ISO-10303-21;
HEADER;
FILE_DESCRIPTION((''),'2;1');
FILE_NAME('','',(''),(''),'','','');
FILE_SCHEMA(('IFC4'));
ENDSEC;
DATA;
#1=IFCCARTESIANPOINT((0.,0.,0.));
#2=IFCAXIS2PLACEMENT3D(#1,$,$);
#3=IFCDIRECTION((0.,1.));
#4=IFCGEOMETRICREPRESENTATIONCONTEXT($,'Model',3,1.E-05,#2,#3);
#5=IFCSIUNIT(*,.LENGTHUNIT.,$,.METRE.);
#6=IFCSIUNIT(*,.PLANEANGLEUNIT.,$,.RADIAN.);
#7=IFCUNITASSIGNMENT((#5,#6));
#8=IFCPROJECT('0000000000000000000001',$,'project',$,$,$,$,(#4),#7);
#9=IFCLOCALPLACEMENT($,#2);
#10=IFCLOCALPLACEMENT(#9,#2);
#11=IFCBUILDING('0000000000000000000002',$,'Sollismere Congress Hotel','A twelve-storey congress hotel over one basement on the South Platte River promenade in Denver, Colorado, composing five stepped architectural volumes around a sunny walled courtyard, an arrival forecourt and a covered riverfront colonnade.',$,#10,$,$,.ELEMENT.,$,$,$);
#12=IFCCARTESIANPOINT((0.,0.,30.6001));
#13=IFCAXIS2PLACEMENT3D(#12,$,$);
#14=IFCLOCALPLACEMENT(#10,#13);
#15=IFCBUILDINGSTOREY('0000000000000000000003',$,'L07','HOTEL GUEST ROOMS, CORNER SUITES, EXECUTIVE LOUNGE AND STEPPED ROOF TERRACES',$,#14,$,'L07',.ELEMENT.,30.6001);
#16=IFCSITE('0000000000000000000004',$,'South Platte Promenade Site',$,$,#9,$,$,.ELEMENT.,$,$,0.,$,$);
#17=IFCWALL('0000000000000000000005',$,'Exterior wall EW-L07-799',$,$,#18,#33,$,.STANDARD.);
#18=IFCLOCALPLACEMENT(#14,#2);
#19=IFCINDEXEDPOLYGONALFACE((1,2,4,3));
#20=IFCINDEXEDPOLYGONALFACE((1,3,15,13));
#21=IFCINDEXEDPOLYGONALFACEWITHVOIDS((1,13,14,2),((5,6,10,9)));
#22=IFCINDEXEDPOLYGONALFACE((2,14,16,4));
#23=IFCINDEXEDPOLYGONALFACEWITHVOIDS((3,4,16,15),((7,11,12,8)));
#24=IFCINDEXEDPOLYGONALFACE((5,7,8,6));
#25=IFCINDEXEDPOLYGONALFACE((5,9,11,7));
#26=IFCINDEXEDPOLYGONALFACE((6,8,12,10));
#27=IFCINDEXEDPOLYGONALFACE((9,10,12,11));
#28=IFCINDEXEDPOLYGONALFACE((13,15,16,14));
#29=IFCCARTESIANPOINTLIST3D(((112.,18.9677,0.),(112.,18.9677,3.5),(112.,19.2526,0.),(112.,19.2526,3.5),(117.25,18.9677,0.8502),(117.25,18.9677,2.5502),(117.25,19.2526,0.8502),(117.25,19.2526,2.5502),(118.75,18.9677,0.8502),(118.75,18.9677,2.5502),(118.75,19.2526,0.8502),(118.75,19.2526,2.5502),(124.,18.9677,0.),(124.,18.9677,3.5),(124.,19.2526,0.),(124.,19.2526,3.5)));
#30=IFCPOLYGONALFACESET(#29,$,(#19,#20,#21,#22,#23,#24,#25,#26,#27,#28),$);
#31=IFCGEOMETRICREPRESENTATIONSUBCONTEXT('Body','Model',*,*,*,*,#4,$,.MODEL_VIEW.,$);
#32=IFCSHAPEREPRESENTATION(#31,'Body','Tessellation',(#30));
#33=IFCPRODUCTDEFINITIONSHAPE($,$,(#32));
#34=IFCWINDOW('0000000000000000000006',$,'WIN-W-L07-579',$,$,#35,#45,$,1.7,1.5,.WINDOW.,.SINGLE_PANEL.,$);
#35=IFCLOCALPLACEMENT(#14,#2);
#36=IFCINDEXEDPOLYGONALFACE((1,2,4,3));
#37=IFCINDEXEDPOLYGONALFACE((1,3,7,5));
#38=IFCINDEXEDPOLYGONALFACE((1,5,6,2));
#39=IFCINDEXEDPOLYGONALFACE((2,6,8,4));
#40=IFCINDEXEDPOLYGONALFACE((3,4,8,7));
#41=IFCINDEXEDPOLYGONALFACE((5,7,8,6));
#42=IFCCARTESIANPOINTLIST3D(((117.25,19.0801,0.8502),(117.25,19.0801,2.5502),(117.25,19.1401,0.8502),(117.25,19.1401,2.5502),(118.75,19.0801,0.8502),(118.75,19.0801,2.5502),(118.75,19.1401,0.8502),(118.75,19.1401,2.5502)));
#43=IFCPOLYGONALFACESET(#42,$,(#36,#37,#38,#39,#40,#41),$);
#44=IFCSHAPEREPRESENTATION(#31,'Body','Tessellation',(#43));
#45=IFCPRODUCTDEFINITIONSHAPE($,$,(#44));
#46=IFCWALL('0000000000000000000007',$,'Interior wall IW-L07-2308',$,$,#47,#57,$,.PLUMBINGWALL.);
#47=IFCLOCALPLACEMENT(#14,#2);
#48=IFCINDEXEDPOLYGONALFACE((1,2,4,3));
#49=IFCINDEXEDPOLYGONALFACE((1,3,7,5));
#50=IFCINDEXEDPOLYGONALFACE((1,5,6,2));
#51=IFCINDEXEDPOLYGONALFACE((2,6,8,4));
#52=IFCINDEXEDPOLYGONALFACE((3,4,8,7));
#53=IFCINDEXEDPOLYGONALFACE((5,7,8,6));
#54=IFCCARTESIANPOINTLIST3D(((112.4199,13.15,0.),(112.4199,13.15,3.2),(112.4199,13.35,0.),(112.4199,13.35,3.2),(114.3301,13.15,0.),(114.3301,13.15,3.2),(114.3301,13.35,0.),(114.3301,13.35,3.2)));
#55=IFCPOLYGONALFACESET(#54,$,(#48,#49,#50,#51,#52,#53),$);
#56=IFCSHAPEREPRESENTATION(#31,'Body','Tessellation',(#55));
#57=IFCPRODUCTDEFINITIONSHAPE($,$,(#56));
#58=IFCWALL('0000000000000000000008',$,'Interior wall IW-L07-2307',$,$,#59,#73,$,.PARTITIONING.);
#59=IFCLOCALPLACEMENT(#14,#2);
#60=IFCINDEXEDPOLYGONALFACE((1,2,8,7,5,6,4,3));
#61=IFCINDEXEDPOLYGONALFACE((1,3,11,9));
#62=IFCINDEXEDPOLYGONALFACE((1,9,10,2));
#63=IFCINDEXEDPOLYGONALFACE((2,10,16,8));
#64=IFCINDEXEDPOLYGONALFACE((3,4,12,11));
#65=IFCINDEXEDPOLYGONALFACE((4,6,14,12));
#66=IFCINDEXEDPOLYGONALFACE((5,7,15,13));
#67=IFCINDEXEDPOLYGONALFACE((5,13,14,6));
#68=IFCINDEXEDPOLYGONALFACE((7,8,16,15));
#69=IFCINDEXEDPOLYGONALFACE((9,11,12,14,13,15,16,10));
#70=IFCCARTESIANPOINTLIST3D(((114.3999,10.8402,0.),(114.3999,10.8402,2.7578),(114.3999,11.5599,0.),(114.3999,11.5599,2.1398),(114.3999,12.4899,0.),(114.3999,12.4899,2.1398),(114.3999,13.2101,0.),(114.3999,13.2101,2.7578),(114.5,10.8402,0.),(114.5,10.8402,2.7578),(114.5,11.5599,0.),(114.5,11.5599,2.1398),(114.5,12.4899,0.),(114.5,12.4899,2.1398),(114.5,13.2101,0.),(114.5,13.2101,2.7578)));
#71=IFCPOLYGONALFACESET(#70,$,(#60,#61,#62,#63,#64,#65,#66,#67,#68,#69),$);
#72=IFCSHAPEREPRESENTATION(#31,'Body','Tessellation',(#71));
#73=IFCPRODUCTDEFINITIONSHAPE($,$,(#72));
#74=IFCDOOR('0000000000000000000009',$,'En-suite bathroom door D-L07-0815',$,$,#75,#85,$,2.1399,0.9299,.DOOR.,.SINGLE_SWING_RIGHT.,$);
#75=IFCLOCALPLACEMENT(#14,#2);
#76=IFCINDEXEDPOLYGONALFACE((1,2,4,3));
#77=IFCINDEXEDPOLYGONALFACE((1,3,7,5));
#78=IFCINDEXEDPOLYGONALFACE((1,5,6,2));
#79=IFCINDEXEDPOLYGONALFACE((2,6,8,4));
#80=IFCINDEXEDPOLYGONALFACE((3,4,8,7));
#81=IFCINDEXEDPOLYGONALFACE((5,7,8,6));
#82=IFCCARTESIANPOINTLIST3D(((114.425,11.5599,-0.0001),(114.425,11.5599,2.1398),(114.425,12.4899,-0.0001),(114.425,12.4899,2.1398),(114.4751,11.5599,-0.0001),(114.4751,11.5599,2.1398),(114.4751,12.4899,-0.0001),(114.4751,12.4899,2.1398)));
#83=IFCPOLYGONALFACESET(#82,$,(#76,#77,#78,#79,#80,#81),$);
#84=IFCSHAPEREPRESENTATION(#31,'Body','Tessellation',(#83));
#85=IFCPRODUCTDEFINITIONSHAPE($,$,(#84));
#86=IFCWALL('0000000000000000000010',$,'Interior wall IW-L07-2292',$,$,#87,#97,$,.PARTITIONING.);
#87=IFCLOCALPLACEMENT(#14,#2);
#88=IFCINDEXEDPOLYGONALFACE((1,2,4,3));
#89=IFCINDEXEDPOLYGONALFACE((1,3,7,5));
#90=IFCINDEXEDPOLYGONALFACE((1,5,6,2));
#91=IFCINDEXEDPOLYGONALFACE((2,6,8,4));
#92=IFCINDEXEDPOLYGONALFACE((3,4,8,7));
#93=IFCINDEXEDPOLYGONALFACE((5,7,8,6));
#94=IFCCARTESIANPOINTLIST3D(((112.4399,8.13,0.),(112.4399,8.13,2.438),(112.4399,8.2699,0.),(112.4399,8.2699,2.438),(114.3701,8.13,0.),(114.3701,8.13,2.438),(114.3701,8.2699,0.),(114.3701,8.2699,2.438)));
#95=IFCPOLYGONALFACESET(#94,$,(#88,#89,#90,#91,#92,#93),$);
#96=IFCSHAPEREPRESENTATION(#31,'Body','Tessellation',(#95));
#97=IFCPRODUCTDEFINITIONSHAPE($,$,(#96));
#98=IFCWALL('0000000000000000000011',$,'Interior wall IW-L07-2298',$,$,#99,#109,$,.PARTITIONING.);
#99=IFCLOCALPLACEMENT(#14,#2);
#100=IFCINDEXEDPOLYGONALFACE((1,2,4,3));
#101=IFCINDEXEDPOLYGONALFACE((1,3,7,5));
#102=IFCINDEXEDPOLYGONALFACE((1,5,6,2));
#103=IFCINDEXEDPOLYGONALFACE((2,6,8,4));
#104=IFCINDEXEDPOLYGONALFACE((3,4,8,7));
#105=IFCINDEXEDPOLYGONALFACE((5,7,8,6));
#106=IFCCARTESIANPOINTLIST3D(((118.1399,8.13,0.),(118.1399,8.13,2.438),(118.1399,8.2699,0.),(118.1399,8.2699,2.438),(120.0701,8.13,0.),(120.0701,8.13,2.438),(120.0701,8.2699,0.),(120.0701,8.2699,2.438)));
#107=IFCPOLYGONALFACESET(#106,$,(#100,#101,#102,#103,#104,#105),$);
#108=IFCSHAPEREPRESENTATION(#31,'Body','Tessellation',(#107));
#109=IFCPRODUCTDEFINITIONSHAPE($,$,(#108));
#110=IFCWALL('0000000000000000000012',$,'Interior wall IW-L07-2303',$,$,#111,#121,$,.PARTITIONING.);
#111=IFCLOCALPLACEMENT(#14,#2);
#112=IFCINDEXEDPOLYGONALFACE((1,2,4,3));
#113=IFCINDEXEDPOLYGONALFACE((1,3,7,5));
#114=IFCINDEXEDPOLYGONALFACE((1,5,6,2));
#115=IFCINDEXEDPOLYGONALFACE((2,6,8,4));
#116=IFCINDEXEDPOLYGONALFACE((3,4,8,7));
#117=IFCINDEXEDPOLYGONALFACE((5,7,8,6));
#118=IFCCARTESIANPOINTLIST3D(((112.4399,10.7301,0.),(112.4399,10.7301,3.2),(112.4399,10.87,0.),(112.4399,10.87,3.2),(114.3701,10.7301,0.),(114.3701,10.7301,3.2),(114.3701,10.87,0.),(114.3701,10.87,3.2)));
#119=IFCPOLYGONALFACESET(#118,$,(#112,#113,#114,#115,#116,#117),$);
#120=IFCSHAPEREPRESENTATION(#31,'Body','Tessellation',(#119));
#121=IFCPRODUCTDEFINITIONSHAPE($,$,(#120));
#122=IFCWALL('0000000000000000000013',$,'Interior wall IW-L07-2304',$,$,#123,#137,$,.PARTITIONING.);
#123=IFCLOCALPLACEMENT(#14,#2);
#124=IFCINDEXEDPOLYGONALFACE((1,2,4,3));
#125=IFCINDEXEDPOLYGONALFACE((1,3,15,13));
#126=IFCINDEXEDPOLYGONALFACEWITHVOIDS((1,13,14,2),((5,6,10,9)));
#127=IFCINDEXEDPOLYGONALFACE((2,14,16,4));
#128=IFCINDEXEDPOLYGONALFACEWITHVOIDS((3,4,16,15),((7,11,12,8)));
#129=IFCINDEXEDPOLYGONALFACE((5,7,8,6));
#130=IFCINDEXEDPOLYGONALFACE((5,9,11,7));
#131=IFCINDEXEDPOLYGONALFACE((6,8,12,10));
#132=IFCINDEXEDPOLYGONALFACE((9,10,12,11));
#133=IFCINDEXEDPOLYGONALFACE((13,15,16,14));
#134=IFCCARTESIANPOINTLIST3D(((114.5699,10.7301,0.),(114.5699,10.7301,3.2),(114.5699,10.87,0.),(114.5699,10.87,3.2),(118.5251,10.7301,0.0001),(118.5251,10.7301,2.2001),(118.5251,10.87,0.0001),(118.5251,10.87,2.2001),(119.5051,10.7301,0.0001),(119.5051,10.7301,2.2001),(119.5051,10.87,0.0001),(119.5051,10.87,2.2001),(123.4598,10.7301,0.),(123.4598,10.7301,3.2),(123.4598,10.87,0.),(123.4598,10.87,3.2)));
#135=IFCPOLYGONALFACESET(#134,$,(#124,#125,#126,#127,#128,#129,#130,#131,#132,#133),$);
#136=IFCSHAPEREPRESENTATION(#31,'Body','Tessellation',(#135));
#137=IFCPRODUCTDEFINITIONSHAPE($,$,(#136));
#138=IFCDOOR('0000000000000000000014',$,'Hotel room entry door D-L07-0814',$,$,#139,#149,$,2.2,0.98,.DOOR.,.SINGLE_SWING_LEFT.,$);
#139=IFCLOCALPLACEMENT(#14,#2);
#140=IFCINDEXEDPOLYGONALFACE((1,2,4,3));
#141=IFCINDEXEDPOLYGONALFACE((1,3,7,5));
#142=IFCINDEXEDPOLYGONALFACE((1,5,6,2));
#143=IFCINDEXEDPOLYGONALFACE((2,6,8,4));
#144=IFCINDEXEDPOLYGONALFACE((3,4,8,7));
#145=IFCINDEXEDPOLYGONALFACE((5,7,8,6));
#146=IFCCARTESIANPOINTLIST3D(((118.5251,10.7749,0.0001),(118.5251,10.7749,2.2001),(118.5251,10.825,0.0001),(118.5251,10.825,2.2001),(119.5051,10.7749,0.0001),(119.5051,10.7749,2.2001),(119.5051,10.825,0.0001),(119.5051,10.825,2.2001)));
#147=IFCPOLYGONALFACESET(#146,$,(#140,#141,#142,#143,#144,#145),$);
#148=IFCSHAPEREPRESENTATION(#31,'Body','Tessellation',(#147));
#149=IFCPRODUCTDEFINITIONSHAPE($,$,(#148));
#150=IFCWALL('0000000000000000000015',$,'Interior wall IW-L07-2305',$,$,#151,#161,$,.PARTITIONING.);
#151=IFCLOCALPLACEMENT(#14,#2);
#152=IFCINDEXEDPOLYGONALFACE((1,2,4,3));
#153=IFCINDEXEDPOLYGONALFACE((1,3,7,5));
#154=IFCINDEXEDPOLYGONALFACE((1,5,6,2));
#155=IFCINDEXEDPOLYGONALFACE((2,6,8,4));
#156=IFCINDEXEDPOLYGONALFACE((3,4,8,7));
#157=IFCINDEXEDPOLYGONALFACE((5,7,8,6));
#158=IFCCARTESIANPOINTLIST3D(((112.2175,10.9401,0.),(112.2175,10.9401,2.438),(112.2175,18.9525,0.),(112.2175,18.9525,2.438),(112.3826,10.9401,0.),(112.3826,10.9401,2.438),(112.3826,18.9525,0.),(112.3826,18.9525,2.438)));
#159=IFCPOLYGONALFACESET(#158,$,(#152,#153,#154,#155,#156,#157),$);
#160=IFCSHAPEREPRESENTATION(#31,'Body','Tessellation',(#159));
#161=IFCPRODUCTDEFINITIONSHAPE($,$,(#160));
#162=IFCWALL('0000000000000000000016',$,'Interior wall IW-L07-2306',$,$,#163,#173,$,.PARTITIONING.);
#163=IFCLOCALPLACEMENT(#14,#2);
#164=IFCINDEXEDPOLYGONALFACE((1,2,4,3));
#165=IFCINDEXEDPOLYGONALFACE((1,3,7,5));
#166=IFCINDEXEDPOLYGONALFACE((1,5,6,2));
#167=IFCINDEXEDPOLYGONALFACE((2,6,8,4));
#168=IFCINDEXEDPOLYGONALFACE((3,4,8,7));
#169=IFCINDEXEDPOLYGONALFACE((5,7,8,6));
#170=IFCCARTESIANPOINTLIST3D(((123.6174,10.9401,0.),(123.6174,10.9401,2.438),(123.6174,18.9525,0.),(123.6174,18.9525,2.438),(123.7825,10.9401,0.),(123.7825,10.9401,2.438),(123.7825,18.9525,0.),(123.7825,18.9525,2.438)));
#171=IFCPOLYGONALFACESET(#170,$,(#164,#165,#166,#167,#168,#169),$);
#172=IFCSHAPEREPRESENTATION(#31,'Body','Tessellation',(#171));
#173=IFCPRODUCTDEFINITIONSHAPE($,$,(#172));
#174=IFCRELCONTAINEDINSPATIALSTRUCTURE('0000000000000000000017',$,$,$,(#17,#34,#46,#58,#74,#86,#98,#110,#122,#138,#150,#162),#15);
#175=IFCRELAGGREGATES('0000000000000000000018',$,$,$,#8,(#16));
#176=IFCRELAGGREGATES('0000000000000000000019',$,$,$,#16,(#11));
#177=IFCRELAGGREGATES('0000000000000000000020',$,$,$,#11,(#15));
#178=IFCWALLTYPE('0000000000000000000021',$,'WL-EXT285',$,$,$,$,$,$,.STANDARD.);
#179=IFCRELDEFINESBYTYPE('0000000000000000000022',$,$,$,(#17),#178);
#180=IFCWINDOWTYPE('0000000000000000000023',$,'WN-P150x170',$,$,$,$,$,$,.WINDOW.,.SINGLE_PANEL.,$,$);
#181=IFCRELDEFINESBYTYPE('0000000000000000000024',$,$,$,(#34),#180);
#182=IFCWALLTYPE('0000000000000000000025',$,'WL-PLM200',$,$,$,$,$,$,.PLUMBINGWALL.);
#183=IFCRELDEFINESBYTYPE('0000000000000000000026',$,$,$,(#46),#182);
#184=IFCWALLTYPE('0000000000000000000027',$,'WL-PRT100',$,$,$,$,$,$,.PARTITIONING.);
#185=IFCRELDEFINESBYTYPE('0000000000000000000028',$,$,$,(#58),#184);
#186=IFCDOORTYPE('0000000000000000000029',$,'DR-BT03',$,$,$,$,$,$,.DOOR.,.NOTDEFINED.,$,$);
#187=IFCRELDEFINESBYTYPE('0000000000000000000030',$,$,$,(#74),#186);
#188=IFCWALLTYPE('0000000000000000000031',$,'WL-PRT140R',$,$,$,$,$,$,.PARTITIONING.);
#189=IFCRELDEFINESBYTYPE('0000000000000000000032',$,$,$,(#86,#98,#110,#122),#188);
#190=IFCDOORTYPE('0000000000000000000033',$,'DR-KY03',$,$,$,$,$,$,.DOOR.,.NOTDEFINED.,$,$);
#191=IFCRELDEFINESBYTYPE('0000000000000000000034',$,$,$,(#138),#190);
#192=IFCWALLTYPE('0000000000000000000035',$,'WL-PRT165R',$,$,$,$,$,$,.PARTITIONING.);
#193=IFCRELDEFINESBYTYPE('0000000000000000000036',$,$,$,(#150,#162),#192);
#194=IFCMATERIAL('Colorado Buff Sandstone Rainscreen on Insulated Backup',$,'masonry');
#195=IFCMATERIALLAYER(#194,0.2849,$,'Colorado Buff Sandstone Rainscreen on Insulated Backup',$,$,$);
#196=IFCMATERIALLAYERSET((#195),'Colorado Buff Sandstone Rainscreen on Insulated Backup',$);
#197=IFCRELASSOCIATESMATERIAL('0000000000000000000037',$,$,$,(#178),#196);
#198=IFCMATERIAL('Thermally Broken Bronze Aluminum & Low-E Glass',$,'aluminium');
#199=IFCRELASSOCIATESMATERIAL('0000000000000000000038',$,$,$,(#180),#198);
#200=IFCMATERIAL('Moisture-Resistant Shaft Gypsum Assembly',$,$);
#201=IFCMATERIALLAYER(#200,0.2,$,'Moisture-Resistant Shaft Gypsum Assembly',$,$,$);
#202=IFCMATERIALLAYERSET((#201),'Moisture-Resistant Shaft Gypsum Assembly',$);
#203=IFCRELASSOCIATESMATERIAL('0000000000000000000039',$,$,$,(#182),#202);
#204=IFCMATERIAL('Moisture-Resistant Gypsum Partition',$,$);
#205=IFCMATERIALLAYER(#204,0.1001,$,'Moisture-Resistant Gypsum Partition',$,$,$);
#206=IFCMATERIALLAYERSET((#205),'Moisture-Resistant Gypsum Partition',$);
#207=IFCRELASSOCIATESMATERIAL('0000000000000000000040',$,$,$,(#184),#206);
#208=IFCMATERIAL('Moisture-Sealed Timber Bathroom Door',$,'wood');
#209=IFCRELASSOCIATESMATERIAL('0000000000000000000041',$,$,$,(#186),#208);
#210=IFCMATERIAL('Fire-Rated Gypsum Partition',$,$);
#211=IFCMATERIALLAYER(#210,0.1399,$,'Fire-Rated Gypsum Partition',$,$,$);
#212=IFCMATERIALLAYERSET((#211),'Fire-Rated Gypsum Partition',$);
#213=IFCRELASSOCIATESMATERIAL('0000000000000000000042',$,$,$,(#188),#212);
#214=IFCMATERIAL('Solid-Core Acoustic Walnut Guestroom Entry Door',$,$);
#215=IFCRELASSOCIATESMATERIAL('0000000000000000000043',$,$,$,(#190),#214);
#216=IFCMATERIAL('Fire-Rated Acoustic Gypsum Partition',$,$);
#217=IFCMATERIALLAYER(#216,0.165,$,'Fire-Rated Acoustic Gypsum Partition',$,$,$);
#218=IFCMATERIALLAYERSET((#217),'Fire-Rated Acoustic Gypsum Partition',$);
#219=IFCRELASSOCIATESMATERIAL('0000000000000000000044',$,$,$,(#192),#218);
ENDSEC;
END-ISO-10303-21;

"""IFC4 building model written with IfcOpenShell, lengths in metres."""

from ifc_helpers import new_model, si_unit, direction, frame, frame_2d, origin, place, context, subcontext, project, spatial, rectangle, extrude, material, layer, layer_set, type_object, element, fill, save


model = new_model("IFC4")

# Units and contexts
model_context = context("Model", 3, precision=1e-05, world=origin(), true_north=direction((0.0, 1.0)))
body_context = subcontext(model_context, "Body", "Model", "MODEL_VIEW")
ifc_project = project(units=[si_unit("LENGTHUNIT", "METRE"), si_unit("PLANEANGLEUNIT", "RADIAN")], contexts=[model_context])

# Site, building, storey
site_placement = place(None, origin())
site = spatial("IfcSite", under=ifc_project, at=site_placement, Name="South Platte Promenade Site", CompositionType="ELEMENT", RefElevation=0.0)
building_placement = place(site_placement, origin())
building = spatial("IfcBuilding", under=site, at=building_placement, Name="Sollismere Congress Hotel", Description="A twelve-storey congress hotel over one basement on the South Platte River promenade in Denver, Colorado, composing five stepped architectural volumes around a sunny walled courtyard, an arrival forecourt and a covered riverfront colonnade.", CompositionType="ELEMENT")
storey_placement = place(building_placement, frame((0.0, 0.0, 30.6001)))
storey = spatial("IfcBuildingStorey", under=building, at=storey_placement, Name="L07", Description="HOTEL GUEST ROOMS, CORNER SUITES, EXECUTIVE LOUNGE AND STEPPED ROOF TERRACES", LongName="L07", CompositionType="ELEMENT", Elevation=30.6001)

# Wall, opening, window
ifc_material_1 = material(Name="Colorado Buff Sandstone Rainscreen on Insulated Backup", Category="masonry")
ifc_layer_1 = layer(ifc_material_1, 0.2849, Name="Colorado Buff Sandstone Rainscreen on Insulated Backup")
ifc_layer_set_1 = layer_set([ifc_layer_1], Name="Colorado Buff Sandstone Rainscreen on Insulated Backup")
wall_type_1 = type_object("IfcWallType", Name="WL-EXT285", PredefinedType="STANDARD", material=ifc_layer_set_1)
wall_1_placement = place(storey_placement, frame((124.0, 19.1101, 0.0), z_axis=(0.0, 0.0, 1.0), x_axis=(-1.0, 0.0, 0.0)))
wall_1 = element("IfcWall", 1, at=wall_1_placement, inside=storey, type_object=wall_type_1, Name="Exterior wall EW-L07-799", PredefinedType="STANDARD", context=body_context, shape_type="SweptSolid", body=[
    extrude(rectangle(XDim=12.0, YDim=0.2849, at=frame_2d((6.0, 0.0))), origin(), (0.0, 0.0, 1.0), 3.5),
])
opening_1_placement = place(wall_1_placement, frame((5.25, 0.0, 0.8501)))
opening_1 = element("IfcOpeningElement", 2, at=opening_1_placement, cuts=wall_1, PredefinedType="OPENING", context=body_context, shape_type="SweptSolid", body=[
    extrude(rectangle(XDim=1.5, YDim=1.7, at=frame_2d((0.75, 0.8501))), frame((0.0, 0.1523, 0.0), z_axis=(0.0, -1.0, 0.0), x_axis=(1.0, 0.0, 0.0)), (0.0, 0.0, 1.0), 0.3049),
])
ifc_material_2 = material(Name="Thermally Broken Bronze Aluminum & Low-E Glass", Category="aluminium")
window_type = type_object("IfcWindowType", Name="WN-P150x170", PartitioningType="SINGLE_PANEL", PredefinedType="WINDOW", material=ifc_material_2)
window_placement = place(opening_1_placement, origin())
window = element("IfcWindow", 3, at=window_placement, inside=storey, type_object=window_type, Name="WIN-W-L07-579", OverallHeight=1.7, OverallWidth=1.5, PartitioningType="SINGLE_PANEL", PredefinedType="WINDOW", context=body_context, shape_type="SweptSolid", body=[
    extrude(rectangle(XDim=1.5, YDim=1.7, at=frame_2d((0.75, 0.8501))), frame((0.0, 0.03, 0.0), z_axis=(0.0, -1.0, 0.0), x_axis=(1.0, 0.0, 0.0)), (0.0, 0.0, 1.0), 0.0601),
])
fill(opening_1, window)

# Wall
ifc_material_3 = material(Name="Moisture-Resistant Shaft Gypsum Assembly")
ifc_layer_2 = layer(ifc_material_3, 0.2, Name="Moisture-Resistant Shaft Gypsum Assembly")
ifc_layer_set_2 = layer_set([ifc_layer_2], Name="Moisture-Resistant Shaft Gypsum Assembly")
wall_type_2 = type_object("IfcWallType", Name="WL-PLM200", PredefinedType="PLUMBINGWALL", material=ifc_layer_set_2)
wall_2_placement = place(storey_placement, frame((112.4199, 13.25, 0.0), z_axis=(0.0, 0.0, 1.0), x_axis=(1.0, 0.0, 0.0)))
element("IfcWall", 4, at=wall_2_placement, inside=storey, type_object=wall_type_2, Name="Interior wall IW-L07-2308", PredefinedType="PLUMBINGWALL", context=body_context, shape_type="SweptSolid", body=[
    extrude(rectangle(XDim=1.9102, YDim=0.2, at=frame_2d((0.9551, 0.0))), origin(), (0.0, 0.0, 1.0), 3.2),
])

# Wall, opening, door
ifc_material_4 = material(Name="Moisture-Resistant Gypsum Partition")
ifc_layer_3 = layer(ifc_material_4, 0.1001, Name="Moisture-Resistant Gypsum Partition")
ifc_layer_set_3 = layer_set([ifc_layer_3], Name="Moisture-Resistant Gypsum Partition")
wall_type_3 = type_object("IfcWallType", Name="WL-PRT100", PredefinedType="PARTITIONING", material=ifc_layer_set_3)
wall_3_placement = place(storey_placement, frame((114.45, 10.8401, 0.0), z_axis=(0.0, 0.0, 1.0), x_axis=(0.0, 1.0, 0.0)))
wall_3 = element("IfcWall", 5, at=wall_3_placement, inside=storey, type_object=wall_type_3, Name="Interior wall IW-L07-2307", PredefinedType="PARTITIONING", context=body_context, shape_type="SweptSolid", body=[
    extrude(rectangle(XDim=2.3699, YDim=0.1001, at=frame_2d((1.1851, 0.0))), origin(), (0.0, 0.0, 1.0), 2.7578),
])
opening_2_placement = place(wall_3_placement, frame((0.72, 0.0, 0.0)))
opening_2 = element("IfcOpeningElement", 6, at=opening_2_placement, cuts=wall_3, PredefinedType="OPENING", context=body_context, shape_type="SweptSolid", body=[
    extrude(rectangle(XDim=0.9299, YDim=2.1399, at=frame_2d((0.4648, 1.0698))), frame((0.0, 0.0601, 0.0), z_axis=(0.0, -1.0, 0.0), x_axis=(1.0, 0.0, 0.0)), (0.0, 0.0, 1.0), 0.1201),
])
ifc_material_5 = material(Name="Moisture-Sealed Timber Bathroom Door", Category="wood")
door_type_1 = type_object("IfcDoorType", Name="DR-BT03", OperationType="NOTDEFINED", PredefinedType="DOOR", material=ifc_material_5)
door_1_placement = place(opening_2_placement, origin())
door_1 = element("IfcDoor", 7, at=door_1_placement, inside=storey, type_object=door_type_1, Name="En-suite bathroom door D-L07-0815", OperationType="SINGLE_SWING_RIGHT", OverallHeight=2.1399, OverallWidth=0.9299, PredefinedType="DOOR", context=body_context, shape_type="SweptSolid", body=[
    extrude(rectangle(XDim=0.9299, YDim=2.1399, at=frame_2d((0.4648, 1.0698))), frame((0.0, 0.0249, 0.0), z_axis=(0.0, -1.0, 0.0), x_axis=(1.0, 0.0, 0.0)), (0.0, 0.0, 1.0), 0.05),
])
fill(opening_2, door_1)

# Wall
ifc_material_6 = material(Name="Fire-Rated Gypsum Partition")
ifc_layer_4 = layer(ifc_material_6, 0.1399, Name="Fire-Rated Gypsum Partition")
ifc_layer_set_4 = layer_set([ifc_layer_4], Name="Fire-Rated Gypsum Partition")
wall_type_4 = type_object("IfcWallType", Name="WL-PRT140R", PredefinedType="PARTITIONING", material=ifc_layer_set_4)
wall_4_placement = place(storey_placement, frame((112.4399, 8.2, 0.0), z_axis=(0.0, 0.0, 1.0), x_axis=(1.0, 0.0, 0.0)))
element("IfcWall", 8, at=wall_4_placement, inside=storey, type_object=wall_type_4, Name="Interior wall IW-L07-2292", PredefinedType="PARTITIONING", context=body_context, shape_type="SweptSolid", body=[
    extrude(rectangle(XDim=1.9302, YDim=0.1399, at=frame_2d((0.9651, 0.0))), origin(), (0.0, 0.0, 1.0), 2.438),
])

# Shared definitions
ifc_material_7 = material(Name="Solid-Core Acoustic Walnut Guestroom Entry Door")

# Wall
wall_5_placement = place(storey_placement, frame((118.1399, 8.2, 0.0), z_axis=(0.0, 0.0, 1.0), x_axis=(1.0, 0.0, 0.0)))
element("IfcWall", 9, at=wall_5_placement, inside=storey, type_object=wall_type_4, Name="Interior wall IW-L07-2298", PredefinedType="PARTITIONING", context=body_context, shape_type="SweptSolid", body=[
    extrude(rectangle(XDim=1.9302, YDim=0.1399, at=frame_2d((0.9651, 0.0))), origin(), (0.0, 0.0, 1.0), 2.438),
])

# Wall
wall_6_placement = place(storey_placement, frame((112.4399, 10.8, 0.0), z_axis=(0.0, 0.0, 1.0), x_axis=(1.0, 0.0, 0.0)))
element("IfcWall", 10, at=wall_6_placement, inside=storey, type_object=wall_type_4, Name="Interior wall IW-L07-2303", PredefinedType="PARTITIONING", context=body_context, shape_type="SweptSolid", body=[
    extrude(rectangle(XDim=1.9302, YDim=0.1399, at=frame_2d((0.9651, 0.0))), origin(), (0.0, 0.0, 1.0), 3.2),
])

# Wall, opening, door
wall_7_placement = place(storey_placement, frame((114.5701, 10.8, 0.0), z_axis=(0.0, 0.0, 1.0), x_axis=(1.0, 0.0, 0.0)))
wall_7 = element("IfcWall", 11, at=wall_7_placement, inside=storey, type_object=wall_type_4, Name="Interior wall IW-L07-2304", PredefinedType="PARTITIONING", context=body_context, shape_type="SweptSolid", body=[
    extrude(rectangle(XDim=8.8899, YDim=0.1399, at=frame_2d((4.4448, 0.0))), origin(), (0.0, 0.0, 1.0), 3.2),
])
opening_3_placement = place(wall_7_placement, frame((3.9551, 0.0, 0.0)))
opening_3 = element("IfcOpeningElement", 12, at=opening_3_placement, cuts=wall_7, PredefinedType="OPENING", context=body_context, shape_type="SweptSolid", body=[
    extrude(rectangle(XDim=0.98, YDim=2.2, at=frame_2d((0.49, 1.1001))), frame((0.0, 0.0798, 0.0), z_axis=(0.0, -1.0, 0.0), x_axis=(1.0, 0.0, 0.0)), (0.0, 0.0, 1.0), 0.1599),
])
door_type_2 = type_object("IfcDoorType", Name="DR-KY03", OperationType="NOTDEFINED", PredefinedType="DOOR", material=ifc_material_7)
door_2_placement = place(opening_3_placement, origin())
door_2 = element("IfcDoor", 13, at=door_2_placement, inside=storey, type_object=door_type_2, Name="Hotel room entry door D-L07-0814", OperationType="SINGLE_SWING_LEFT", OverallHeight=2.2, OverallWidth=0.98, PredefinedType="DOOR", context=body_context, shape_type="SweptSolid", body=[
    extrude(rectangle(XDim=0.98, YDim=2.2, at=frame_2d((0.49, 1.1001))), frame((0.0, 0.0249, 0.0), z_axis=(0.0, -1.0, 0.0), x_axis=(1.0, 0.0, 0.0)), (0.0, 0.0, 1.0), 0.05),
])
fill(opening_3, door_2)

# Walls
ifc_material_8 = material(Name="Fire-Rated Acoustic Gypsum Partition")
ifc_layer_5 = layer(ifc_material_8, 0.165, Name="Fire-Rated Acoustic Gypsum Partition")
ifc_layer_set_5 = layer_set([ifc_layer_5], Name="Fire-Rated Acoustic Gypsum Partition")
wall_type_5 = type_object("IfcWallType", Name="WL-PRT165R", PredefinedType="PARTITIONING", material=ifc_layer_set_5)
for number, where, z_axis, x_axis, name in (
    (14, (112.3, 10.9399, 0.0), (0.0, 0.0, 1.0), (0.0, 1.0, 0.0), "Interior wall IW-L07-2305"),
    (15, (123.7, 10.9399, 0.0), (0.0, 0.0, 1.0), (0.0, 1.0, 0.0), "Interior wall IW-L07-2306"),
):
    element("IfcWall", number, at=place(storey_placement, frame(where, z_axis=z_axis, x_axis=x_axis)), inside=storey, type_object=wall_type_5, Name=name, PredefinedType="PARTITIONING", context=body_context, shape_type="SweptSolid", body=[
        extrude(rectangle(XDim=8.0125, YDim=0.165, at=frame_2d((4.0063, 0.0))), origin(), (0.0, 0.0, 1.0), 2.438),
    ])

save(model, "model.ifc")
